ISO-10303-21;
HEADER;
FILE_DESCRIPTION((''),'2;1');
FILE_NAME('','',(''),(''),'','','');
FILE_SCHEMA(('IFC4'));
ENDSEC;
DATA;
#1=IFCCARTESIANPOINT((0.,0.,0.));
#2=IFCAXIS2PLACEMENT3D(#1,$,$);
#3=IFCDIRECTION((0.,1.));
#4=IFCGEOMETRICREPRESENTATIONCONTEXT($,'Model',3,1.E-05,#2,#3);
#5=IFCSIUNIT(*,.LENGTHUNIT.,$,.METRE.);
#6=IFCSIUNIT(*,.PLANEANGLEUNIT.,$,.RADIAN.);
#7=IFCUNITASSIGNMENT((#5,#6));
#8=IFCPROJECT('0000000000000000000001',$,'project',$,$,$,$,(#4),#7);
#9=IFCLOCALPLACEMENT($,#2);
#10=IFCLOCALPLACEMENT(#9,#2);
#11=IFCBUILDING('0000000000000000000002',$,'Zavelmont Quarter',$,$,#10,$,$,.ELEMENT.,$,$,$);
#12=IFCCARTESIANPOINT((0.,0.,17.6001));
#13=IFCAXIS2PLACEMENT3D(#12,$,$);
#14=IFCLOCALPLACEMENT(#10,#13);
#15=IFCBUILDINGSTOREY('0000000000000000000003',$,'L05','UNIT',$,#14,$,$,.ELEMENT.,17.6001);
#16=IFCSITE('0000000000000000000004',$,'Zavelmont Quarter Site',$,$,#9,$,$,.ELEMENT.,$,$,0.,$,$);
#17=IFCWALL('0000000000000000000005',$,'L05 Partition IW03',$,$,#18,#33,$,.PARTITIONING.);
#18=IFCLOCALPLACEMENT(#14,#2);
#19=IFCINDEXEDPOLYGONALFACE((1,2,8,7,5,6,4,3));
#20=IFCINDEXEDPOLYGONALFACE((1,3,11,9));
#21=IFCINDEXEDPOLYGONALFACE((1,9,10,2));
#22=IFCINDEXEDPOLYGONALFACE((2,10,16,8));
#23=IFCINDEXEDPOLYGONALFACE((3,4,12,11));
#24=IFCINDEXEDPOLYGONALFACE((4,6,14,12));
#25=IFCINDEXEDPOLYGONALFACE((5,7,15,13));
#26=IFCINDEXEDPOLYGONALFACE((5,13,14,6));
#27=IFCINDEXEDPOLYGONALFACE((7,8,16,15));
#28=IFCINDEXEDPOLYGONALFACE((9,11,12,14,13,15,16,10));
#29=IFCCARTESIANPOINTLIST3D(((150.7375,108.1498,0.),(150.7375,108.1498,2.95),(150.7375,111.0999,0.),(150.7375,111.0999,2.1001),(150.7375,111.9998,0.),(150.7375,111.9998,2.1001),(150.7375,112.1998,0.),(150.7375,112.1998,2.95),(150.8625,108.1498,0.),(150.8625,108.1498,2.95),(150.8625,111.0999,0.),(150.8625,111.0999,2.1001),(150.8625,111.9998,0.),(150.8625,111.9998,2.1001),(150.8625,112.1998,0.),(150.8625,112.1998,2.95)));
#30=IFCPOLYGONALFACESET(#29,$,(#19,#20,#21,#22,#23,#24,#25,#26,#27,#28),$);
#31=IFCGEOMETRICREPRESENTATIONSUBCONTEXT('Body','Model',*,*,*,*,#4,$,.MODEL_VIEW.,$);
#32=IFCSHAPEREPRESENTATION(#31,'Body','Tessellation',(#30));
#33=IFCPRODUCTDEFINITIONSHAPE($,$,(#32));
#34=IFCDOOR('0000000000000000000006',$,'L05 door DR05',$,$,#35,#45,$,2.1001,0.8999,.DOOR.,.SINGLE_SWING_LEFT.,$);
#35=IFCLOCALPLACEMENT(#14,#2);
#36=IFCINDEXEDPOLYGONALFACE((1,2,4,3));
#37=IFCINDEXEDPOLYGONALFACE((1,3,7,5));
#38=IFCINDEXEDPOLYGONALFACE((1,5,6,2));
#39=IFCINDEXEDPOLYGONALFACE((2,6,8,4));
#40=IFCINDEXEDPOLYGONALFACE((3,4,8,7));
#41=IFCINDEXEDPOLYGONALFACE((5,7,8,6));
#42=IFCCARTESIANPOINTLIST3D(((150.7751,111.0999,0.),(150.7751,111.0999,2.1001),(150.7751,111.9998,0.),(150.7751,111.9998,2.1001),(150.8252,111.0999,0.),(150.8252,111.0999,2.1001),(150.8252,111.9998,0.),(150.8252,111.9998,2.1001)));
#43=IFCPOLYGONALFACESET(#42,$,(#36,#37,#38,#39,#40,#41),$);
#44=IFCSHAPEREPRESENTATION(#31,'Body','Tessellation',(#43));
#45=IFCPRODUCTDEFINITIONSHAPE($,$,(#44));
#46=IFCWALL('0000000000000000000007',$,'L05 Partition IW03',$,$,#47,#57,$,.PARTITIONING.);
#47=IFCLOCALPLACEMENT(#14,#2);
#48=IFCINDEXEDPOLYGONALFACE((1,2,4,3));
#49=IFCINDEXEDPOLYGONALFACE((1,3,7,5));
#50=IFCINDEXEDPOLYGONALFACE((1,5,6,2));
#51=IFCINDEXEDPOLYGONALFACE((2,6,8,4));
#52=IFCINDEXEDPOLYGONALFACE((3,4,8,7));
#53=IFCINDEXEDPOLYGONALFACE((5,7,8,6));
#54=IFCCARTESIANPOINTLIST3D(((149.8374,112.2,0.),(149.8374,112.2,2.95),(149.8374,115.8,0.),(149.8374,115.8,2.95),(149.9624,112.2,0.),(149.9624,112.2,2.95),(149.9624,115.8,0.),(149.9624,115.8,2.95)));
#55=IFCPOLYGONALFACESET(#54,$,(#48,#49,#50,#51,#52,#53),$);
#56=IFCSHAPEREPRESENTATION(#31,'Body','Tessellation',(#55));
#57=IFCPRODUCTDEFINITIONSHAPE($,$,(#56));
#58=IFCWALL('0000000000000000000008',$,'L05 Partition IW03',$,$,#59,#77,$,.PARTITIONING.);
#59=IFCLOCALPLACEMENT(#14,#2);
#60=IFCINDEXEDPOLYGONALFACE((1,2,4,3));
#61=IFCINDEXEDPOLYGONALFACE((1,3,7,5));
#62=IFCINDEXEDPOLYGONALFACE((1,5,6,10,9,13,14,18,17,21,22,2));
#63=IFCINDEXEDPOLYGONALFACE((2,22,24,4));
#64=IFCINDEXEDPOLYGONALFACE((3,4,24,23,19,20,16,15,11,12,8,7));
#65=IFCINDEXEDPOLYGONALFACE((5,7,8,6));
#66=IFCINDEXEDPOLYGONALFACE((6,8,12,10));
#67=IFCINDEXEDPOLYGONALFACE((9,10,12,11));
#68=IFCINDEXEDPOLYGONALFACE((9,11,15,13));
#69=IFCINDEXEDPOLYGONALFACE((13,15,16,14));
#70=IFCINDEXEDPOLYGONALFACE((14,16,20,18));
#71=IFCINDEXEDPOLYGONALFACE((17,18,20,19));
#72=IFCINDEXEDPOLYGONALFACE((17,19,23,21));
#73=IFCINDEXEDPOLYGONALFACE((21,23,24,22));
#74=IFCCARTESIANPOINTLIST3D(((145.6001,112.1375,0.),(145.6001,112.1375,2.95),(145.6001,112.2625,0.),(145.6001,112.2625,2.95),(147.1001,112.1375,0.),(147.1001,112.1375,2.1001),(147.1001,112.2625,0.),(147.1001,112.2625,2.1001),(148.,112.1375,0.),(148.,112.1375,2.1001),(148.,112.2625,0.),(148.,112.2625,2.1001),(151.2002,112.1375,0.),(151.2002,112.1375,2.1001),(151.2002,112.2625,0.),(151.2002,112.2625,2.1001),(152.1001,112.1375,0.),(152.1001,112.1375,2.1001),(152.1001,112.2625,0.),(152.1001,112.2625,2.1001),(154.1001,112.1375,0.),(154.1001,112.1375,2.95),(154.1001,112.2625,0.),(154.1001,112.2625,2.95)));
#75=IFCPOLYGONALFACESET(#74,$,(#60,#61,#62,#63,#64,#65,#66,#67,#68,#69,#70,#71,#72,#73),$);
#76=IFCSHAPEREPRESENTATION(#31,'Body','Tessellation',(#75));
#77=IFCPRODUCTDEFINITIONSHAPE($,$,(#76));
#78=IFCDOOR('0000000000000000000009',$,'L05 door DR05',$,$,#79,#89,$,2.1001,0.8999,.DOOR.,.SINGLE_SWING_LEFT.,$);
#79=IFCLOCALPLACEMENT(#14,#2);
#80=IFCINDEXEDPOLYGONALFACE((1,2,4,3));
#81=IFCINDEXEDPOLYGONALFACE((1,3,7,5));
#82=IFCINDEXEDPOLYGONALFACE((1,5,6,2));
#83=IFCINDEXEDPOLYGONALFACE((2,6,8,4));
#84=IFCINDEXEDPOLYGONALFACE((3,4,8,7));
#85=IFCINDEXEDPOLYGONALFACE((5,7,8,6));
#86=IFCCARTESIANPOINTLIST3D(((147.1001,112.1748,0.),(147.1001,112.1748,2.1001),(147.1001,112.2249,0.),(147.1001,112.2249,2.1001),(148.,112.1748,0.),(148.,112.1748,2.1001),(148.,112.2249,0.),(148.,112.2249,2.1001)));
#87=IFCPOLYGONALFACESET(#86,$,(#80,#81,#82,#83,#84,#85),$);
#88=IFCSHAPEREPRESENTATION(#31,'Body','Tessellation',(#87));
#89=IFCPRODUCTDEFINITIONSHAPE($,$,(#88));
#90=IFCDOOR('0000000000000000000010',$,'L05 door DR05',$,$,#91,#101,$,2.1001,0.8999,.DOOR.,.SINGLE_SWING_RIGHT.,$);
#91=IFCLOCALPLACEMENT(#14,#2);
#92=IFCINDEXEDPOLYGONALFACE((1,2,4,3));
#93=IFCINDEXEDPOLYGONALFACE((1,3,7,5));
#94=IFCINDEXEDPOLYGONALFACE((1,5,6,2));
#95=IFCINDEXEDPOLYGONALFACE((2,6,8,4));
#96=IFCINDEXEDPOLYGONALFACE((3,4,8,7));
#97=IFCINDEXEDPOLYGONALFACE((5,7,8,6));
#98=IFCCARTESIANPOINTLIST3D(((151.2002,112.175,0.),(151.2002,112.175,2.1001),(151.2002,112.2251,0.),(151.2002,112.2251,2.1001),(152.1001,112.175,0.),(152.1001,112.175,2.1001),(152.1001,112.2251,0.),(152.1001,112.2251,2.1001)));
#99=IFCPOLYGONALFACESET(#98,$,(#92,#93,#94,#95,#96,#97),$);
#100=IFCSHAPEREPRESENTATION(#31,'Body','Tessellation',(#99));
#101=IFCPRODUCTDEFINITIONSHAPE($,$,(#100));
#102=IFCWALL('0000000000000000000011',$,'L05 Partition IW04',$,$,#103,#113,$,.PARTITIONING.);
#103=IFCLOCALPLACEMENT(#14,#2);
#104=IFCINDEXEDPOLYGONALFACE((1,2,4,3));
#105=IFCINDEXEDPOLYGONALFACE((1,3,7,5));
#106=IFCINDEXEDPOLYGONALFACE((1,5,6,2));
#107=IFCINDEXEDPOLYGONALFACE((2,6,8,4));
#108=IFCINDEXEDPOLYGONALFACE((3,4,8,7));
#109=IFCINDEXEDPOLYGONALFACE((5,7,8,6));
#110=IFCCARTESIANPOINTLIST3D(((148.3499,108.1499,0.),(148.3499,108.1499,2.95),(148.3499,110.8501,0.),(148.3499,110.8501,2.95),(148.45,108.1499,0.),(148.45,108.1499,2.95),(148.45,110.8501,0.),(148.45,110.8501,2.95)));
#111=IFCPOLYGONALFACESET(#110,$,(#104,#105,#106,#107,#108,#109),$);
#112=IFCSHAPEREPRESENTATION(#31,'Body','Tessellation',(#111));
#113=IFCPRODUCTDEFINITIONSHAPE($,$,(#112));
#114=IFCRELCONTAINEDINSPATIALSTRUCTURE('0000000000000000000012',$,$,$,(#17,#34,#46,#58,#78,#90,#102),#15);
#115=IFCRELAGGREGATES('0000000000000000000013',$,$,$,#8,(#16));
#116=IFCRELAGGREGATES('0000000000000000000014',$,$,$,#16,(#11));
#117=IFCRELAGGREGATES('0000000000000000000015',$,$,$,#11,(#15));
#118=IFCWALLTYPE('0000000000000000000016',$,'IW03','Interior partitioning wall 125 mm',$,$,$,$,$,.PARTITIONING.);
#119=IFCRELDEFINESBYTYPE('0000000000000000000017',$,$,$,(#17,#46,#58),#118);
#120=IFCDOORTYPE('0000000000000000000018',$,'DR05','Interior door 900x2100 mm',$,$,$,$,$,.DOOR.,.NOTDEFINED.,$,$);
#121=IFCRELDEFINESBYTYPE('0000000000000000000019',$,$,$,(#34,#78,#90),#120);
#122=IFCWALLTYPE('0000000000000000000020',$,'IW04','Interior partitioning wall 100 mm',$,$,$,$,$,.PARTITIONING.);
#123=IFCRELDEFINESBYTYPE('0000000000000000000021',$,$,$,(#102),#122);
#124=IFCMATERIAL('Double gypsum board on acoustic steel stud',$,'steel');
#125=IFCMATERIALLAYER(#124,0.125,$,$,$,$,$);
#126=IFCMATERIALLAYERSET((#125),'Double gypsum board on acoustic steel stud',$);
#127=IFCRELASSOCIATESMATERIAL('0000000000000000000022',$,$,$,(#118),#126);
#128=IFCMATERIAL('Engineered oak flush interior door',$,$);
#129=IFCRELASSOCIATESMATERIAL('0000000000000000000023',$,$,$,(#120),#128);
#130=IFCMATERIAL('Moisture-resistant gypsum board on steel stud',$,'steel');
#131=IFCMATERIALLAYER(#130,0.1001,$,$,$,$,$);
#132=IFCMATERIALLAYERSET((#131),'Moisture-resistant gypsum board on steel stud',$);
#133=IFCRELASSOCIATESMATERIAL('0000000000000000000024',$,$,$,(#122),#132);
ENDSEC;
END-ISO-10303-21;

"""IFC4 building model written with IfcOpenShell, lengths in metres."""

from ifc_helpers import new_model, si_unit, direction, frame, frame_2d, origin, origin_with_axes, place, context, subcontext, project, spatial, rectangle, extrude, material, layer, layer_set, type_object, element, fill, save


model = new_model("IFC4")

# Units and contexts
model_context = context("Model", 3, precision=1e-05, world=origin(), true_north=direction((0.0, 1.0)))
body_context = subcontext(model_context, "Body", "Model", "MODEL_VIEW")
ifc_project = project(units=[si_unit("LENGTHUNIT", "METRE"), si_unit("PLANEANGLEUNIT", "RADIAN")], contexts=[model_context])

# Site, building, storey
site_placement = place(None, origin())
site = spatial("IfcSite", under=ifc_project, at=site_placement, Name="Zavelmont Quarter Site", CompositionType="ELEMENT", RefElevation=0.0)
building_placement = place(site_placement, origin())
building = spatial("IfcBuilding", under=site, at=building_placement, Name="Zavelmont Quarter", CompositionType="ELEMENT")
storey_placement = place(building_placement, frame((0.0, 0.0, 17.6001)))
storey = spatial("IfcBuildingStorey", under=building, at=storey_placement, Name="L05", Description="UNIT", CompositionType="ELEMENT", Elevation=17.6001)

# Wall, opening, door
ifc_material_1 = material(Name="Double gypsum board on acoustic steel stud", Category="steel")
ifc_layer_1 = layer(ifc_material_1, 0.125)
ifc_layer_set_1 = layer_set([ifc_layer_1], Name="Double gypsum board on acoustic steel stud")
wall_type_1 = type_object("IfcWallType", Name="IW03", Description="Interior partitioning wall 125 mm", PredefinedType="PARTITIONING", material=ifc_layer_set_1)
wall_1_placement = place(storey_placement, frame((150.8, 108.1499, 0.0), z_axis=(0.0, 0.0, 1.0), x_axis=(0.0, 1.0, 0.0)))
wall_1 = element("IfcWall", 1, at=wall_1_placement, inside=storey, type_object=wall_type_1, Name="L05 Partition IW03", PredefinedType="PARTITIONING", context=body_context, shape_type="SweptSolid", body=[
    extrude(rectangle(XDim=4.05, YDim=0.125, at=frame_2d((2.0249, 0.0))), origin(), (0.0, 0.0, 1.0), 2.95),
])
opening_1_placement = place(wall_1_placement, frame((2.95, 0.0, 0.0)))
opening_1 = element("IfcOpeningElement", 2, at=opening_1_placement, cuts=wall_1, PredefinedType="OPENING", context=body_context, shape_type="SweptSolid", body=[
    extrude(rectangle(XDim=0.8999, YDim=2.1001, at=frame_2d((0.45, 1.05))), frame((0.0, 0.0745, 0.0), z_axis=(0.0, -1.0, 0.0), x_axis=(1.0, 0.0, 0.0)), (0.0, 0.0, 1.0), 0.1489),
])
ifc_material_2 = material(Name="Engineered oak flush interior door")
door_type_1 = type_object("IfcDoorType", Name="DR05", Description="Interior door 900x2100 mm", OperationType="NOTDEFINED", PredefinedType="DOOR", material=ifc_material_2)
door_1_placement = place(opening_1_placement, origin_with_axes())
door_1 = element("IfcDoor", 3, at=door_1_placement, inside=storey, type_object=door_type_1, Name="L05 door DR05", OperationType="SINGLE_SWING_LEFT", OverallHeight=2.1001, OverallWidth=0.8999, PredefinedType="DOOR", context=body_context, shape_type="SweptSolid", body=[
    extrude(rectangle(XDim=0.8999, YDim=2.1001, at=frame_2d((0.45, 1.05))), frame((0.0, 0.0249, 0.0), z_axis=(0.0, -1.0, 0.0), x_axis=(1.0, 0.0, 0.0)), (0.0, 0.0, 1.0), 0.05),
])
fill(opening_1, door_1)

# Wall
wall_2_placement = place(storey_placement, frame((149.8999, 112.2, 0.0), z_axis=(0.0, 0.0, 1.0), x_axis=(0.0, 1.0, 0.0)))
element("IfcWall", 4, at=wall_2_placement, inside=storey, type_object=wall_type_1, Name="L05 Partition IW03", PredefinedType="PARTITIONING", context=body_context, shape_type="SweptSolid", body=[
    extrude(rectangle(XDim=3.6001, YDim=0.125, at=frame_2d((1.8, 0.0))), origin(), (0.0, 0.0, 1.0), 2.95),
])

# Wall, openings, doors
wall_3_placement = place(storey_placement, frame((145.6001, 112.2, 0.0), z_axis=(0.0, 0.0, 1.0), x_axis=(1.0, 0.0, 0.0)))
wall_3 = element("IfcWall", 5, at=wall_3_placement, inside=storey, type_object=wall_type_1, Name="L05 Partition IW03", PredefinedType="PARTITIONING", context=body_context, shape_type="SweptSolid", body=[
    extrude(rectangle(XDim=8.5, YDim=0.125, at=frame_2d((4.25, 0.0))), origin(), (0.0, 0.0, 1.0), 2.95),
])
opening_2_placement = place(wall_3_placement, frame((1.5, 0.0, 0.0)))
opening_2 = element("IfcOpeningElement", 6, at=opening_2_placement, cuts=wall_3, PredefinedType="OPENING", context=body_context, shape_type="SweptSolid", body=[
    extrude(rectangle(XDim=0.8999, YDim=2.1001, at=frame_2d((0.45, 1.05))), frame((0.0, 0.0745, 0.0), z_axis=(0.0, -1.0, 0.0), x_axis=(1.0, 0.0, 0.0)), (0.0, 0.0, 1.0), 0.1489),
])
opening_3_placement = place(wall_3_placement, frame((5.6001, 0.0, 0.0)))
opening_3 = element("IfcOpeningElement", 7, at=opening_3_placement, cuts=wall_3, PredefinedType="OPENING", context=body_context, shape_type="SweptSolid", body=[
    extrude(rectangle(XDim=0.8999, YDim=2.1001, at=frame_2d((0.45, 1.05))), frame((0.0, 0.0745, 0.0), z_axis=(0.0, -1.0, 0.0), x_axis=(1.0, 0.0, 0.0)), (0.0, 0.0, 1.0), 0.1489),
])
door_2_placement = place(opening_2_placement, origin_with_axes())
door_2 = element("IfcDoor", 8, at=door_2_placement, inside=storey, type_object=door_type_1, Name="L05 door DR05", OperationType="SINGLE_SWING_LEFT", OverallHeight=2.1001, OverallWidth=0.8999, PredefinedType="DOOR", context=body_context, shape_type="SweptSolid", body=[
    extrude(rectangle(XDim=0.8999, YDim=2.1001, at=frame_2d((0.45, 1.05))), frame((0.0, 0.0249, 0.0), z_axis=(0.0, -1.0, 0.0), x_axis=(1.0, 0.0, 0.0)), (0.0, 0.0, 1.0), 0.05),
])
fill(opening_2, door_2)
door_3_placement = place(opening_3_placement, frame((0.8999, 0.0, 0.0), z_axis=(0.0, 0.0, 1.0), x_axis=(-1.0, 0.0, 0.0)))
door_3 = element("IfcDoor", 9, at=door_3_placement, inside=storey, type_object=door_type_1, Name="L05 door DR05", OperationType="SINGLE_SWING_RIGHT", OverallHeight=2.1001, OverallWidth=0.8999, PredefinedType="DOOR", context=body_context, shape_type="SweptSolid", body=[
    extrude(rectangle(XDim=0.8999, YDim=2.1001, at=frame_2d((0.45, 1.05))), frame((0.0, 0.0249, 0.0), z_axis=(0.0, -1.0, 0.0), x_axis=(1.0, 0.0, 0.0)), (0.0, 0.0, 1.0), 0.05),
])
fill(opening_3, door_3)

# Wall
ifc_material_3 = material(Name="Moisture-resistant gypsum board on steel stud", Category="steel")
ifc_layer_2 = layer(ifc_material_3, 0.1001)
ifc_layer_set_2 = layer_set([ifc_layer_2], Name="Moisture-resistant gypsum board on steel stud")
wall_type_2 = type_object("IfcWallType", Name="IW04", Description="Interior partitioning wall 100 mm", PredefinedType="PARTITIONING", material=ifc_layer_set_2)
wall_4_placement = place(storey_placement, frame((148.3999, 108.1499, 0.0), z_axis=(0.0, 0.0, 1.0), x_axis=(0.0, 1.0, 0.0)))
element("IfcWall", 10, at=wall_4_placement, inside=storey, type_object=wall_type_2, Name="L05 Partition IW04", PredefinedType="PARTITIONING", context=body_context, shape_type="SweptSolid", body=[
    extrude(rectangle(XDim=2.7002, YDim=0.1001, at=frame_2d((1.3501, 0.0))), origin(), (0.0, 0.0, 1.0), 2.95),
])

save(model, "model.ifc")
